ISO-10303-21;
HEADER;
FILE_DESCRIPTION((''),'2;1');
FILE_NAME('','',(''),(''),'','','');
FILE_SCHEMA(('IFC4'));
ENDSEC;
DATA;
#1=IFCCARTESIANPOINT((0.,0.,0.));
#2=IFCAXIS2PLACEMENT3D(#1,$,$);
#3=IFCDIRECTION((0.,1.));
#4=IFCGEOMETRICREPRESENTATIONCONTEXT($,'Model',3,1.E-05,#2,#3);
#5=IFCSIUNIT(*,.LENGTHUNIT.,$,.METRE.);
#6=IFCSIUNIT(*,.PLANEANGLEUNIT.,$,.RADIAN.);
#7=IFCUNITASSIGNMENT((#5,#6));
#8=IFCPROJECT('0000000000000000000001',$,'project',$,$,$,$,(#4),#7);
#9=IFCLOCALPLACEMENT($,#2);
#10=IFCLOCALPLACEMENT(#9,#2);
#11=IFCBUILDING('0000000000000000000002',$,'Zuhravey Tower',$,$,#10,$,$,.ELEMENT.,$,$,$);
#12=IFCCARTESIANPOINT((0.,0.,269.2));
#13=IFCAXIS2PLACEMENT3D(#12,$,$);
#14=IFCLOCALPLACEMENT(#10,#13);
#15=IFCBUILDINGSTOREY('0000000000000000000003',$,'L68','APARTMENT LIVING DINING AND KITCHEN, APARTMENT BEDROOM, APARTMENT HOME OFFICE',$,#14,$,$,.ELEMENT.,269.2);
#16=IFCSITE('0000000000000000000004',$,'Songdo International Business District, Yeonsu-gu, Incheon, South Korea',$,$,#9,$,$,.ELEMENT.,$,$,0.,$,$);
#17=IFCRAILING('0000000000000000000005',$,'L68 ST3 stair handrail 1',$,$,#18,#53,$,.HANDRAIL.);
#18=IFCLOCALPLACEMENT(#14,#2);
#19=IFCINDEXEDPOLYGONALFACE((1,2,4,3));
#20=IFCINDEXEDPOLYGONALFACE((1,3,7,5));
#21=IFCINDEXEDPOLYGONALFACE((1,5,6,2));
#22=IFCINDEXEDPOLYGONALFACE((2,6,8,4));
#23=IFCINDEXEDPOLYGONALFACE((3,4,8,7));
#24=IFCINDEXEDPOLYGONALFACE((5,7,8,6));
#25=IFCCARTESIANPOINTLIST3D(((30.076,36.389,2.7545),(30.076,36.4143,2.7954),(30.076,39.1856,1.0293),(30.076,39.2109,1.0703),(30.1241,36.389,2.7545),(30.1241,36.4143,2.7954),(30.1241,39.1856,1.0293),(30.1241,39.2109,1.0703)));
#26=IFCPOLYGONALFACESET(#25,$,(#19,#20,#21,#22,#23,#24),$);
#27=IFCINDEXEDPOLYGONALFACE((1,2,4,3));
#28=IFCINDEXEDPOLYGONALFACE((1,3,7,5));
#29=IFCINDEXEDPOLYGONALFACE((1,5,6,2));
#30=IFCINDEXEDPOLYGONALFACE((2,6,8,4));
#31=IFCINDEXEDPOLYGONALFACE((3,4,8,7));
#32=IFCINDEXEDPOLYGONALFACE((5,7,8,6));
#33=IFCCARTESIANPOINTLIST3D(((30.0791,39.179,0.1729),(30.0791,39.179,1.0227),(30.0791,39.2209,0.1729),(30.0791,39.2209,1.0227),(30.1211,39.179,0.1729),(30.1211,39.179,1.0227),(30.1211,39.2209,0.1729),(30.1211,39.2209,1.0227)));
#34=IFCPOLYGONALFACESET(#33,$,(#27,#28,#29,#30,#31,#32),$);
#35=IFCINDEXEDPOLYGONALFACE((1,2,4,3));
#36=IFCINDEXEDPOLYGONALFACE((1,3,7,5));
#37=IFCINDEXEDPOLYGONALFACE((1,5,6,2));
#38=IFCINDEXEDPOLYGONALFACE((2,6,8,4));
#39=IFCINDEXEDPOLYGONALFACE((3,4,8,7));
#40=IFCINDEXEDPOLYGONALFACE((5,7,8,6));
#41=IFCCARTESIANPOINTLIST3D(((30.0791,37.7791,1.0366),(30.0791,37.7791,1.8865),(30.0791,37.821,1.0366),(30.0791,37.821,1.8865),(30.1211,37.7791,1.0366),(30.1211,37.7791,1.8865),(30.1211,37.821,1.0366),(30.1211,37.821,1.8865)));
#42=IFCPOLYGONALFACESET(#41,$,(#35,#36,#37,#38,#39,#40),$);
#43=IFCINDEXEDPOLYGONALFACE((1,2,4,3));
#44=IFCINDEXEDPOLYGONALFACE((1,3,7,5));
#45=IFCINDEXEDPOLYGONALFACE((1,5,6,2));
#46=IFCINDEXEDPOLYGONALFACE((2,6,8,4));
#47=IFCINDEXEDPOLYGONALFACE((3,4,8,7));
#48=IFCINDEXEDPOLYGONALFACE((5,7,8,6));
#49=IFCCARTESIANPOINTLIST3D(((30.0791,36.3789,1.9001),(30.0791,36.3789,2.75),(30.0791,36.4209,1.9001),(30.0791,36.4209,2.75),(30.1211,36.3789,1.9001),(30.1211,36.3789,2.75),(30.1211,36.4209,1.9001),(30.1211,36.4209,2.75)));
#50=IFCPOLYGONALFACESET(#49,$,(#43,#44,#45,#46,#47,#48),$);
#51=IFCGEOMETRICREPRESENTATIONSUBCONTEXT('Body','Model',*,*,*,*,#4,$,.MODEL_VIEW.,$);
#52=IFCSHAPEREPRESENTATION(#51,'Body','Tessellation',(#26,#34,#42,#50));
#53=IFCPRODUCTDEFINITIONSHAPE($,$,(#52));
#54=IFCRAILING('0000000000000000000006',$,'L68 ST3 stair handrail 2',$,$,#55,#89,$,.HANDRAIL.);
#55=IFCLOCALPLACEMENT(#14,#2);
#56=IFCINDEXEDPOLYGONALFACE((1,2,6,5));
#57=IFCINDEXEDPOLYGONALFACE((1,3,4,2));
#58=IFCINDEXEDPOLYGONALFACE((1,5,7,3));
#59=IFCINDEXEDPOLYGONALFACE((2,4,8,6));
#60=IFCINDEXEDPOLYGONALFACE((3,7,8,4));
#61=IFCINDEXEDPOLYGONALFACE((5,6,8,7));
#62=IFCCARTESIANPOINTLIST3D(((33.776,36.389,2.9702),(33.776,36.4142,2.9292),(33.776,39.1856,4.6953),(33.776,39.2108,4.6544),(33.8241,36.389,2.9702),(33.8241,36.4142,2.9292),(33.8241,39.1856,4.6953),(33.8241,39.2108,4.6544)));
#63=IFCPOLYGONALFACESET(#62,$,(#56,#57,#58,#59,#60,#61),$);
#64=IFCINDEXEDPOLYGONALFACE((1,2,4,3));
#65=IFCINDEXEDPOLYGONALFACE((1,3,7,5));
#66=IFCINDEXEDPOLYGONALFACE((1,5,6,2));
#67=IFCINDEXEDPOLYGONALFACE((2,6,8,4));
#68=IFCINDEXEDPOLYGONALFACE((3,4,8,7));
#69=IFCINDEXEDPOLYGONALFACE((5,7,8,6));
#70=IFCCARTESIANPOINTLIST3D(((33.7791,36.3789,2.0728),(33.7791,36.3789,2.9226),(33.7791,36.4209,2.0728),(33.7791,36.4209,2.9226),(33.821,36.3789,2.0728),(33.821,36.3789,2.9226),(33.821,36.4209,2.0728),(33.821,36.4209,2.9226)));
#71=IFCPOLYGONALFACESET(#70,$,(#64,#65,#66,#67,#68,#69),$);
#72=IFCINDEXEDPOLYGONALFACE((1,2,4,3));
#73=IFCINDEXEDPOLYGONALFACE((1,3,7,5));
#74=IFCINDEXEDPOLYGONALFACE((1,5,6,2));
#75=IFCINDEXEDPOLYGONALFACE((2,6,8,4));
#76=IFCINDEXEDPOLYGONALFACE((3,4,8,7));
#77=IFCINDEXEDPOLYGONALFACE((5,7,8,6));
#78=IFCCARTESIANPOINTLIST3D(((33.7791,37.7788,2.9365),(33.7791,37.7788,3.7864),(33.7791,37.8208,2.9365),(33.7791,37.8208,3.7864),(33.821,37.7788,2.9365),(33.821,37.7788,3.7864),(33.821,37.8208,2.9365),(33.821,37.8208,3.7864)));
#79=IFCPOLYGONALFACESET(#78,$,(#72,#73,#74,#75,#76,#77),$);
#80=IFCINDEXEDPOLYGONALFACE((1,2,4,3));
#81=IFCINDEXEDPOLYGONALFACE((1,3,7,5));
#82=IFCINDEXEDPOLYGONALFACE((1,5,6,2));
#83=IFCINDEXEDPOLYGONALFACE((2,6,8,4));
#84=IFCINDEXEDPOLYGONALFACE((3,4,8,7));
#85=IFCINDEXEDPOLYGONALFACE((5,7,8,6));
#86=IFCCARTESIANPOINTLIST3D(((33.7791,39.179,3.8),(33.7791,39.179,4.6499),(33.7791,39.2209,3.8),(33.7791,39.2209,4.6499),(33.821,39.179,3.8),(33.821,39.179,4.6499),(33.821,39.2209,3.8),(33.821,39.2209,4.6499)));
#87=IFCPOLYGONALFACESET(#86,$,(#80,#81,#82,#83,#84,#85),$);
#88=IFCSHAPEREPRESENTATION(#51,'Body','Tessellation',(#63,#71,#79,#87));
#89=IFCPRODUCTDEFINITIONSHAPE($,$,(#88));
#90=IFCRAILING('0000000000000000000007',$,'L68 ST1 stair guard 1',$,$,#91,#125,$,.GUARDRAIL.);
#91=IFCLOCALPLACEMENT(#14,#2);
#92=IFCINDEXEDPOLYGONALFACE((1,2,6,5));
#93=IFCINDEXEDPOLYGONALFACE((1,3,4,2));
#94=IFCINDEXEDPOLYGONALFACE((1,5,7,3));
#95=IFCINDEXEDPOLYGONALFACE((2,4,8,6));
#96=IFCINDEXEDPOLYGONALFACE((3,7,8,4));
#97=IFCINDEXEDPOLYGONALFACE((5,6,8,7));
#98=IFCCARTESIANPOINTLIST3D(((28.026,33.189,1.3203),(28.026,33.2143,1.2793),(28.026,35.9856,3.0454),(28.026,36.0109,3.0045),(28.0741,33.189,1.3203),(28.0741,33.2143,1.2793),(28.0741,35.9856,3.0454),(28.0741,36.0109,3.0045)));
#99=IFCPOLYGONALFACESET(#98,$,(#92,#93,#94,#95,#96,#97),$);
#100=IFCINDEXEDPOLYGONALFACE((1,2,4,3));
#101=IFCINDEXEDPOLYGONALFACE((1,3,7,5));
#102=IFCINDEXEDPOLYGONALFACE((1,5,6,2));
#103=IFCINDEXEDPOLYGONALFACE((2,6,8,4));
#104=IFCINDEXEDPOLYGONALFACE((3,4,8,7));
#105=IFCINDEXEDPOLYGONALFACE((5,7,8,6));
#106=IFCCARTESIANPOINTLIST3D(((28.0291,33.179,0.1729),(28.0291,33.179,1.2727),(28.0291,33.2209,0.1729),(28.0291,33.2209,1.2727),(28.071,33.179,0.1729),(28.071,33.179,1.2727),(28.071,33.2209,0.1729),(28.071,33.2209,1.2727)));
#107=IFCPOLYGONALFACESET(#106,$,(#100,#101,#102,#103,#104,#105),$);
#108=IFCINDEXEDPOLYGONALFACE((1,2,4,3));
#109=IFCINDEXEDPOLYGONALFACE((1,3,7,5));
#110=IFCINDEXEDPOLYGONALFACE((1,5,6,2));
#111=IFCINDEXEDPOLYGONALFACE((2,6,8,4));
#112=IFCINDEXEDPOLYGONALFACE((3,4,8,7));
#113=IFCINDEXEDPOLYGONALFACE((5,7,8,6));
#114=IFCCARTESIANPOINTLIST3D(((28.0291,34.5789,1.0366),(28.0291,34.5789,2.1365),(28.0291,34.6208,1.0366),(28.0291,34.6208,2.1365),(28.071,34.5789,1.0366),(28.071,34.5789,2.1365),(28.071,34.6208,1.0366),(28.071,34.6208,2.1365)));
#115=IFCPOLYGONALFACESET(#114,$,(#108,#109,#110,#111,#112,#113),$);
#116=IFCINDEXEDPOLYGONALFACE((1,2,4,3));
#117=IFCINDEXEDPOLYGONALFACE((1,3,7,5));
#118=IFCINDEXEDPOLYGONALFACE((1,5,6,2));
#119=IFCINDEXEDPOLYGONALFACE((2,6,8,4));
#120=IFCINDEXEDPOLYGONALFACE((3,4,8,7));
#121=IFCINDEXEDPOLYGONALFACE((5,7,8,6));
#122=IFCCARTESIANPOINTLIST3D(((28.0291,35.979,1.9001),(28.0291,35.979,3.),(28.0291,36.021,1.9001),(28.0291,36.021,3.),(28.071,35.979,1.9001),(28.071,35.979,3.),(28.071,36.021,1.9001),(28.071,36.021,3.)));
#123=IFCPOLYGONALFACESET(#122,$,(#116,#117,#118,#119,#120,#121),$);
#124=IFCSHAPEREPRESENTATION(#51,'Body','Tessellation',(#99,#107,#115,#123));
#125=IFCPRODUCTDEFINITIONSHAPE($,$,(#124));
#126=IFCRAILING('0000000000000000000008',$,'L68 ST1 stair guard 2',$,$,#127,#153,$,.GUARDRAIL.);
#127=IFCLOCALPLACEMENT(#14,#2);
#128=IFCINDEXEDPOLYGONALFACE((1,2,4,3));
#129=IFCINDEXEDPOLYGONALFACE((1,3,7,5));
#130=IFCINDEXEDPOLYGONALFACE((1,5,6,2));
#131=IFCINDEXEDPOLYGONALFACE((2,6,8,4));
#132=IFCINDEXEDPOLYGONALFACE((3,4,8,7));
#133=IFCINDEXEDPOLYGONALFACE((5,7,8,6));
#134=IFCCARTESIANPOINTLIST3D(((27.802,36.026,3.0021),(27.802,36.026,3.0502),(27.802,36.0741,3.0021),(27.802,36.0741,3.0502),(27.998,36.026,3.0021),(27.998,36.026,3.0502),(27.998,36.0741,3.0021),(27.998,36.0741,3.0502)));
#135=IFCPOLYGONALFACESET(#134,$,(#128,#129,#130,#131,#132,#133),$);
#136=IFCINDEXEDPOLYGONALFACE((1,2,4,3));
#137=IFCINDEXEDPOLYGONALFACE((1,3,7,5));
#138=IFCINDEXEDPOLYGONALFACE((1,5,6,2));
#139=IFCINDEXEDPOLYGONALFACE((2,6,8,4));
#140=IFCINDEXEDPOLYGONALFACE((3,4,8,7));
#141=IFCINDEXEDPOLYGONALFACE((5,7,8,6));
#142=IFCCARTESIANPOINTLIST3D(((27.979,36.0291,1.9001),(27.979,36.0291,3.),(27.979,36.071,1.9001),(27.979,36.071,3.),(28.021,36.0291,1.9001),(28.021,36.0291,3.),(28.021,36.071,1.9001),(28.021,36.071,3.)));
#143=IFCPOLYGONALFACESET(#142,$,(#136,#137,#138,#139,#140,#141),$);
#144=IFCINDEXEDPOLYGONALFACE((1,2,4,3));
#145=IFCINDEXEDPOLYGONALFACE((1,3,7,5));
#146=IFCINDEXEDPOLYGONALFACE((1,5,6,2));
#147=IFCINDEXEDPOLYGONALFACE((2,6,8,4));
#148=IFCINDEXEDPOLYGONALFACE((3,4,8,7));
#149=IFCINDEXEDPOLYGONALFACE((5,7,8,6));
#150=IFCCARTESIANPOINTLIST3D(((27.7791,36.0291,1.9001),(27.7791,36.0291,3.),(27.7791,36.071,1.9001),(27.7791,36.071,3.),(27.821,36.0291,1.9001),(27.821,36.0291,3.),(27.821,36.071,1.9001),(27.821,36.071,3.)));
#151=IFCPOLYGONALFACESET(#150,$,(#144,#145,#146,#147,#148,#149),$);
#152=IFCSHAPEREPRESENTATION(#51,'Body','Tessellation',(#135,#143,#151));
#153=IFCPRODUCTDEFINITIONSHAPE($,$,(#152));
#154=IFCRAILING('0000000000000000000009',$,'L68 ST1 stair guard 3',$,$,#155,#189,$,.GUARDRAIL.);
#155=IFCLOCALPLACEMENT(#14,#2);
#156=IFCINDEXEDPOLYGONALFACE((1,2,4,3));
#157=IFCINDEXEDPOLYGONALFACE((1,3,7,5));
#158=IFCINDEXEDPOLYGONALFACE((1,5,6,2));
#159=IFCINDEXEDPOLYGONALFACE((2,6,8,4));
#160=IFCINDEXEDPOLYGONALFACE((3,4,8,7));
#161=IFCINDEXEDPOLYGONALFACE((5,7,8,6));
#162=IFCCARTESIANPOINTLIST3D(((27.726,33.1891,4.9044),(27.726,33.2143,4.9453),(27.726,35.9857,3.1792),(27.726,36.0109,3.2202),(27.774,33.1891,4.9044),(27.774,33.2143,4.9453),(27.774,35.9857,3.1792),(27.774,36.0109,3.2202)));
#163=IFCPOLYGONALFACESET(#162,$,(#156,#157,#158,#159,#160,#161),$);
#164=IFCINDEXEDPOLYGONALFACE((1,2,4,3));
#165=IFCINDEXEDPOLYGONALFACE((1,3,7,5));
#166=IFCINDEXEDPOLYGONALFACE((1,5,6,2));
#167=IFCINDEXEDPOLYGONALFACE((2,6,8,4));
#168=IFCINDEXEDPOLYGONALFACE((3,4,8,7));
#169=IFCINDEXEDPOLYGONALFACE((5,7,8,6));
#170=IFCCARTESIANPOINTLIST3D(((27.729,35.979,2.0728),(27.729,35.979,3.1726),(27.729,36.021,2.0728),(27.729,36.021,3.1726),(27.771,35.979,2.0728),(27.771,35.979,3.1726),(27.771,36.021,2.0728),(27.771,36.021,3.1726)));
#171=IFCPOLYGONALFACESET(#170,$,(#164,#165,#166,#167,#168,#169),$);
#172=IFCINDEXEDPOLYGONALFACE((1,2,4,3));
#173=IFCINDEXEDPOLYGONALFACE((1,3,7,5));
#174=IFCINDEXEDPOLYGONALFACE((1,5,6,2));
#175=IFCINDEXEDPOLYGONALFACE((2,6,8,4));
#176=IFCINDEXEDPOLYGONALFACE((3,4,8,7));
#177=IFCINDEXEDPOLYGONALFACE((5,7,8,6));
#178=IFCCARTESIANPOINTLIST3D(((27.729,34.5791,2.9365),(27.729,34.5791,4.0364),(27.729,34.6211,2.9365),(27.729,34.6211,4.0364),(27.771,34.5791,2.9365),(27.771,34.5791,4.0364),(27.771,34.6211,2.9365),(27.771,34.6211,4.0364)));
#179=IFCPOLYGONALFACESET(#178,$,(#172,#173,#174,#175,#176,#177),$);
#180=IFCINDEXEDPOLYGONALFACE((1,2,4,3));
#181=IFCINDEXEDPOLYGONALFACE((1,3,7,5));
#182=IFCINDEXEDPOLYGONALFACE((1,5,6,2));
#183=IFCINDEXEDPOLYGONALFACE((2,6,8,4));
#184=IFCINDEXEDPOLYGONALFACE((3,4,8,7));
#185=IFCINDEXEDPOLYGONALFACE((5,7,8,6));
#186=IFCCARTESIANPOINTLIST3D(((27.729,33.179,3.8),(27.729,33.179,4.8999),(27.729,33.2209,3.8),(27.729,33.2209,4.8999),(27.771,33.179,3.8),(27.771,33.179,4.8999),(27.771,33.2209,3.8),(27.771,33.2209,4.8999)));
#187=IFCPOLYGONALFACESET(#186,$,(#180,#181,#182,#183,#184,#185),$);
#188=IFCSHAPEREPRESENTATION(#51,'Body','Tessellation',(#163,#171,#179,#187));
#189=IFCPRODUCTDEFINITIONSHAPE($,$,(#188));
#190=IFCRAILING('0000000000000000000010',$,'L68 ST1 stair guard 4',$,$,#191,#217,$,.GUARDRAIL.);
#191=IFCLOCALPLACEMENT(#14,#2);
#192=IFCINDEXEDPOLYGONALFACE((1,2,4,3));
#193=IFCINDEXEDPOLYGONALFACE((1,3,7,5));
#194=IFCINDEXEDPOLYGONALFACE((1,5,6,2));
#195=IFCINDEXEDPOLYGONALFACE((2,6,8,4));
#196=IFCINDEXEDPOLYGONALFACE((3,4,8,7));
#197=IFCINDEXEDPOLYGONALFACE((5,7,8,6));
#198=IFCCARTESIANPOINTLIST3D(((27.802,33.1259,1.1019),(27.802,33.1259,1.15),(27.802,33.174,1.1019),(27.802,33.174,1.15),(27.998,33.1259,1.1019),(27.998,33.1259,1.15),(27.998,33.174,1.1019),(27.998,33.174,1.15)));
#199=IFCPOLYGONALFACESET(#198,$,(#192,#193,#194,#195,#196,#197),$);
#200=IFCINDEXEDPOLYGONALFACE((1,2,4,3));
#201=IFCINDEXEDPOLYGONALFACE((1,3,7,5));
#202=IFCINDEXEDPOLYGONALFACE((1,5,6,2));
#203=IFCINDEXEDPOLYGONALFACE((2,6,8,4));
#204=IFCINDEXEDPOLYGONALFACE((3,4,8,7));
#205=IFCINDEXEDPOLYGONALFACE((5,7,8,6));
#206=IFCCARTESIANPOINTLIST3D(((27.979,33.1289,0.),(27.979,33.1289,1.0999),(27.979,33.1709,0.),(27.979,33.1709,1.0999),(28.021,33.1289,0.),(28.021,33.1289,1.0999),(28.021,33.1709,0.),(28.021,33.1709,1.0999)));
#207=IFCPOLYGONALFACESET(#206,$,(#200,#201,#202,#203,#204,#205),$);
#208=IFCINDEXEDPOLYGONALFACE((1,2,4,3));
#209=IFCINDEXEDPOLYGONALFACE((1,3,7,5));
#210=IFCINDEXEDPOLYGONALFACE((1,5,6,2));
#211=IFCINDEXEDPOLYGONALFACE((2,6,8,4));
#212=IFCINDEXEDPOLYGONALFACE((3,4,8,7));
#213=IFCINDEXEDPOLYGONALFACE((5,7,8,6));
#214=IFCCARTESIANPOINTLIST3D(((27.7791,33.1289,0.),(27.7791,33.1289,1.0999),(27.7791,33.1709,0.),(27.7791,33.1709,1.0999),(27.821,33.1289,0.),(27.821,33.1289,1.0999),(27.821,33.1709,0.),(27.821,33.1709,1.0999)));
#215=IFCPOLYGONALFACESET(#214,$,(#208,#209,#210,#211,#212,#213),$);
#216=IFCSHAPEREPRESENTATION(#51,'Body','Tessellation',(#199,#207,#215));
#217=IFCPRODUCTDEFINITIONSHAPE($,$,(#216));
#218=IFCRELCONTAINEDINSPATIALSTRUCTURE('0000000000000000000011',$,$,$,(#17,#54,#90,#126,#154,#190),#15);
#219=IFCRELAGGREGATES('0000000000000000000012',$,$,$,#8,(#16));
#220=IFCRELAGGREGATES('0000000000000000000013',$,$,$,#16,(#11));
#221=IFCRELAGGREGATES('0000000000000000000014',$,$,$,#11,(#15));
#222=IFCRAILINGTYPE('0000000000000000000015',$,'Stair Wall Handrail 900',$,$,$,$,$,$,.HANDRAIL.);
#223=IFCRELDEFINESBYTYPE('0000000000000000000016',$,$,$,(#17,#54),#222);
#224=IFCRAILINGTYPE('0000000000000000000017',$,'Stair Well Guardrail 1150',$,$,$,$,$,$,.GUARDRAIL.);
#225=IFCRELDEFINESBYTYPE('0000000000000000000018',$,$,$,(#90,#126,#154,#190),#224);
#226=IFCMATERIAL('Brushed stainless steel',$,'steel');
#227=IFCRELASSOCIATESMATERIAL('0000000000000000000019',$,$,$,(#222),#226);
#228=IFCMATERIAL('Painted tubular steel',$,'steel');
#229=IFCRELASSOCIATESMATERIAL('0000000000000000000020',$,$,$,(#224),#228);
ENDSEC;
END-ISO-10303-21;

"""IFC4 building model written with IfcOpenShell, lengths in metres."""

from ifc_helpers import new_model, si_unit, direction, frame, origin, origin_2d, place, context, subcontext, project, spatial, rectangle, extrude, material, type_object, element, save


model = new_model("IFC4")

# Units and contexts
model_context = context("Model", 3, precision=1e-05, world=origin(), true_north=direction((0.0, 1.0)))
body_context = subcontext(model_context, "Body", "Model", "MODEL_VIEW")
ifc_project = project(units=[si_unit("LENGTHUNIT", "METRE"), si_unit("PLANEANGLEUNIT", "RADIAN")], contexts=[model_context])

# Site, building, storey
site_placement = place(None, origin())
site = spatial("IfcSite", under=ifc_project, at=site_placement, Name="Songdo International Business District, Yeonsu-gu, Incheon, South Korea", CompositionType="ELEMENT", RefElevation=0.0)
building_placement = place(site_placement, origin())
building = spatial("IfcBuilding", under=site, at=building_placement, Name="Zuhravey Tower", CompositionType="ELEMENT")
storey_placement = place(building_placement, frame((0.0, 0.0, 269.2)))
storey = spatial("IfcBuildingStorey", under=building, at=storey_placement, Name="L68", Description="APARTMENT LIVING DINING AND KITCHEN, APARTMENT BEDROOM, APARTMENT HOME OFFICE", CompositionType="ELEMENT", Elevation=269.2)

# Railings
ifc_material_1 = material(Name="Brushed stainless steel", Category="steel")
railing_type_1 = type_object("IfcRailingType", Name="Stair Wall Handrail 900", PredefinedType="HANDRAIL", material=ifc_material_1)
for number, where, name in (
    (1, (30.1001, 39.2, 0.1729), "L68 ST3 stair handrail 1"),
):
    element("IfcRailing", number, at=place(storey_placement, frame(where)), inside=storey, type_object=railing_type_1, Name=name, PredefinedType="HANDRAIL", context=body_context, shape_type="SweptSolid", body=[
        extrude(rectangle(XDim=0.0481, YDim=0.0481, at=origin_2d()), frame((0.0, -0.0017, 0.877), z_axis=(0.0, -0.85109, 0.52502), x_axis=(1.0, 0.0, 0.0)), (0.0, 0.0, 1.0), 3.2859),
        extrude(rectangle(XDim=0.042, YDim=0.042, at=origin_2d()), origin(), (0.0, 0.0, 1.0), 0.8499),
        extrude(rectangle(XDim=0.042, YDim=0.042, at=origin_2d()), frame((0.0, -1.3999, 0.8638)), (0.0, 0.0, 1.0), 0.8499),
        extrude(rectangle(XDim=0.042, YDim=0.042, at=origin_2d()), frame((0.0, -2.8, 1.7273)), (0.0, 0.0, 1.0), 0.8499),
    ])
railing_1_placement = place(storey_placement, frame((33.8, 36.3999, 2.0728)))
element("IfcRailing", 2, at=railing_1_placement, inside=storey, type_object=railing_type_1, Name="L68 ST3 stair handrail 2", PredefinedType="HANDRAIL", context=body_context, shape_type="SweptSolid", body=[
    extrude(rectangle(XDim=0.0481, YDim=0.0481, at=origin_2d()), frame((0.0, 0.0017, 0.877), z_axis=(0.0, 0.85109, 0.52502), x_axis=(-1.0, 0.0, 0.0)), (0.0, 0.0, 1.0), 3.2859),
    extrude(rectangle(XDim=0.042, YDim=0.042, at=origin_2d()), origin(), (0.0, 0.0, 1.0), 0.8499),
    extrude(rectangle(XDim=0.042, YDim=0.042, at=origin_2d()), frame((0.0, 1.3999, 0.8638)), (0.0, 0.0, 1.0), 0.8499),
    extrude(rectangle(XDim=0.042, YDim=0.042, at=origin_2d()), frame((0.0, 2.8, 1.7273)), (0.0, 0.0, 1.0), 0.8499),
])
ifc_material_2 = material(Name="Painted tubular steel", Category="steel")
railing_type_2 = type_object("IfcRailingType", Name="Stair Well Guardrail 1150", PredefinedType="GUARDRAIL", material=ifc_material_2)
railing_2_placement = place(storey_placement, frame((28.05, 33.2, 0.1729)))
element("IfcRailing", 3, at=railing_2_placement, inside=storey, type_object=railing_type_2, Name="L68 ST1 stair guard 1", PredefinedType="GUARDRAIL", context=body_context, shape_type="SweptSolid", body=[
    extrude(rectangle(XDim=0.0481, YDim=0.0481, at=origin_2d()), frame((0.0, 0.0017, 1.127), z_axis=(0.0, 0.85109, 0.52502), x_axis=(-1.0, 0.0, 0.0)), (0.0, 0.0, 1.0), 3.2859),
    extrude(rectangle(XDim=0.042, YDim=0.042, at=origin_2d()), origin(), (0.0, 0.0, 1.0), 1.0999),
    extrude(rectangle(XDim=0.042, YDim=0.042, at=origin_2d()), frame((0.0, 1.3999, 0.8638)), (0.0, 0.0, 1.0), 1.0999),
    extrude(rectangle(XDim=0.042, YDim=0.042, at=origin_2d()), frame((0.0, 2.8, 1.7273)), (0.0, 0.0, 1.0), 1.0999),
])
railing_3_placement = place(storey_placement, frame((28.0, 36.05, 1.9001)))
element("IfcRailing", 4, at=railing_3_placement, inside=storey, type_object=railing_type_2, Name="L68 ST1 stair guard 2", PredefinedType="GUARDRAIL", context=body_context, shape_type="SweptSolid", body=[
    extrude(rectangle(XDim=0.0481, YDim=0.0481, at=origin_2d()), frame((-0.002, 0.0, 1.126), z_axis=(-1.0, 0.0, 0.0), x_axis=(0.0, -1.0, 0.0)), (0.0, 0.0, 1.0), 0.196),
    extrude(rectangle(XDim=0.042, YDim=0.042, at=origin_2d()), origin(), (0.0, 0.0, 1.0), 1.0999),
    extrude(rectangle(XDim=0.042, YDim=0.042, at=origin_2d()), frame((-0.2, 0.0, 0.0)), (0.0, 0.0, 1.0), 1.0999),
])
railing_4_placement = place(storey_placement, frame((27.75, 36.0, 2.0728)))
element("IfcRailing", 5, at=railing_4_placement, inside=storey, type_object=railing_type_2, Name="L68 ST1 stair guard 3", PredefinedType="GUARDRAIL", context=body_context, shape_type="SweptSolid", body=[
    extrude(rectangle(XDim=0.0481, YDim=0.0481, at=origin_2d()), frame((0.0, -0.0017, 1.127), z_axis=(0.0, -0.85109, 0.52502), x_axis=(1.0, 0.0, 0.0)), (0.0, 0.0, 1.0), 3.2859),
    extrude(rectangle(XDim=0.042, YDim=0.042, at=origin_2d()), origin(), (0.0, 0.0, 1.0), 1.0999),
    extrude(rectangle(XDim=0.042, YDim=0.042, at=origin_2d()), frame((0.0, -1.3999, 0.8638)), (0.0, 0.0, 1.0), 1.0999),
    extrude(rectangle(XDim=0.042, YDim=0.042, at=origin_2d()), frame((0.0, -2.8, 1.7273)), (0.0, 0.0, 1.0), 1.0999),
])
railing_5_placement = place(storey_placement, frame((28.0, 33.1499, 0.0)))
element("IfcRailing", 6, at=railing_5_placement, inside=storey, type_object=railing_type_2, Name="L68 ST1 stair guard 4", PredefinedType="GUARDRAIL", context=body_context, shape_type="SweptSolid", body=[
    extrude(rectangle(XDim=0.0481, YDim=0.0481, at=origin_2d()), frame((-0.002, 0.0, 1.126), z_axis=(-1.0, 0.0, 0.0), x_axis=(0.0, -1.0, 0.0)), (0.0, 0.0, 1.0), 0.196),
    extrude(rectangle(XDim=0.042, YDim=0.042, at=origin_2d()), origin(), (0.0, 0.0, 1.0), 1.0999),
    extrude(rectangle(XDim=0.042, YDim=0.042, at=origin_2d()), frame((-0.2, 0.0, 0.0)), (0.0, 0.0, 1.0), 1.0999),
])

save(model, "model.ifc")
